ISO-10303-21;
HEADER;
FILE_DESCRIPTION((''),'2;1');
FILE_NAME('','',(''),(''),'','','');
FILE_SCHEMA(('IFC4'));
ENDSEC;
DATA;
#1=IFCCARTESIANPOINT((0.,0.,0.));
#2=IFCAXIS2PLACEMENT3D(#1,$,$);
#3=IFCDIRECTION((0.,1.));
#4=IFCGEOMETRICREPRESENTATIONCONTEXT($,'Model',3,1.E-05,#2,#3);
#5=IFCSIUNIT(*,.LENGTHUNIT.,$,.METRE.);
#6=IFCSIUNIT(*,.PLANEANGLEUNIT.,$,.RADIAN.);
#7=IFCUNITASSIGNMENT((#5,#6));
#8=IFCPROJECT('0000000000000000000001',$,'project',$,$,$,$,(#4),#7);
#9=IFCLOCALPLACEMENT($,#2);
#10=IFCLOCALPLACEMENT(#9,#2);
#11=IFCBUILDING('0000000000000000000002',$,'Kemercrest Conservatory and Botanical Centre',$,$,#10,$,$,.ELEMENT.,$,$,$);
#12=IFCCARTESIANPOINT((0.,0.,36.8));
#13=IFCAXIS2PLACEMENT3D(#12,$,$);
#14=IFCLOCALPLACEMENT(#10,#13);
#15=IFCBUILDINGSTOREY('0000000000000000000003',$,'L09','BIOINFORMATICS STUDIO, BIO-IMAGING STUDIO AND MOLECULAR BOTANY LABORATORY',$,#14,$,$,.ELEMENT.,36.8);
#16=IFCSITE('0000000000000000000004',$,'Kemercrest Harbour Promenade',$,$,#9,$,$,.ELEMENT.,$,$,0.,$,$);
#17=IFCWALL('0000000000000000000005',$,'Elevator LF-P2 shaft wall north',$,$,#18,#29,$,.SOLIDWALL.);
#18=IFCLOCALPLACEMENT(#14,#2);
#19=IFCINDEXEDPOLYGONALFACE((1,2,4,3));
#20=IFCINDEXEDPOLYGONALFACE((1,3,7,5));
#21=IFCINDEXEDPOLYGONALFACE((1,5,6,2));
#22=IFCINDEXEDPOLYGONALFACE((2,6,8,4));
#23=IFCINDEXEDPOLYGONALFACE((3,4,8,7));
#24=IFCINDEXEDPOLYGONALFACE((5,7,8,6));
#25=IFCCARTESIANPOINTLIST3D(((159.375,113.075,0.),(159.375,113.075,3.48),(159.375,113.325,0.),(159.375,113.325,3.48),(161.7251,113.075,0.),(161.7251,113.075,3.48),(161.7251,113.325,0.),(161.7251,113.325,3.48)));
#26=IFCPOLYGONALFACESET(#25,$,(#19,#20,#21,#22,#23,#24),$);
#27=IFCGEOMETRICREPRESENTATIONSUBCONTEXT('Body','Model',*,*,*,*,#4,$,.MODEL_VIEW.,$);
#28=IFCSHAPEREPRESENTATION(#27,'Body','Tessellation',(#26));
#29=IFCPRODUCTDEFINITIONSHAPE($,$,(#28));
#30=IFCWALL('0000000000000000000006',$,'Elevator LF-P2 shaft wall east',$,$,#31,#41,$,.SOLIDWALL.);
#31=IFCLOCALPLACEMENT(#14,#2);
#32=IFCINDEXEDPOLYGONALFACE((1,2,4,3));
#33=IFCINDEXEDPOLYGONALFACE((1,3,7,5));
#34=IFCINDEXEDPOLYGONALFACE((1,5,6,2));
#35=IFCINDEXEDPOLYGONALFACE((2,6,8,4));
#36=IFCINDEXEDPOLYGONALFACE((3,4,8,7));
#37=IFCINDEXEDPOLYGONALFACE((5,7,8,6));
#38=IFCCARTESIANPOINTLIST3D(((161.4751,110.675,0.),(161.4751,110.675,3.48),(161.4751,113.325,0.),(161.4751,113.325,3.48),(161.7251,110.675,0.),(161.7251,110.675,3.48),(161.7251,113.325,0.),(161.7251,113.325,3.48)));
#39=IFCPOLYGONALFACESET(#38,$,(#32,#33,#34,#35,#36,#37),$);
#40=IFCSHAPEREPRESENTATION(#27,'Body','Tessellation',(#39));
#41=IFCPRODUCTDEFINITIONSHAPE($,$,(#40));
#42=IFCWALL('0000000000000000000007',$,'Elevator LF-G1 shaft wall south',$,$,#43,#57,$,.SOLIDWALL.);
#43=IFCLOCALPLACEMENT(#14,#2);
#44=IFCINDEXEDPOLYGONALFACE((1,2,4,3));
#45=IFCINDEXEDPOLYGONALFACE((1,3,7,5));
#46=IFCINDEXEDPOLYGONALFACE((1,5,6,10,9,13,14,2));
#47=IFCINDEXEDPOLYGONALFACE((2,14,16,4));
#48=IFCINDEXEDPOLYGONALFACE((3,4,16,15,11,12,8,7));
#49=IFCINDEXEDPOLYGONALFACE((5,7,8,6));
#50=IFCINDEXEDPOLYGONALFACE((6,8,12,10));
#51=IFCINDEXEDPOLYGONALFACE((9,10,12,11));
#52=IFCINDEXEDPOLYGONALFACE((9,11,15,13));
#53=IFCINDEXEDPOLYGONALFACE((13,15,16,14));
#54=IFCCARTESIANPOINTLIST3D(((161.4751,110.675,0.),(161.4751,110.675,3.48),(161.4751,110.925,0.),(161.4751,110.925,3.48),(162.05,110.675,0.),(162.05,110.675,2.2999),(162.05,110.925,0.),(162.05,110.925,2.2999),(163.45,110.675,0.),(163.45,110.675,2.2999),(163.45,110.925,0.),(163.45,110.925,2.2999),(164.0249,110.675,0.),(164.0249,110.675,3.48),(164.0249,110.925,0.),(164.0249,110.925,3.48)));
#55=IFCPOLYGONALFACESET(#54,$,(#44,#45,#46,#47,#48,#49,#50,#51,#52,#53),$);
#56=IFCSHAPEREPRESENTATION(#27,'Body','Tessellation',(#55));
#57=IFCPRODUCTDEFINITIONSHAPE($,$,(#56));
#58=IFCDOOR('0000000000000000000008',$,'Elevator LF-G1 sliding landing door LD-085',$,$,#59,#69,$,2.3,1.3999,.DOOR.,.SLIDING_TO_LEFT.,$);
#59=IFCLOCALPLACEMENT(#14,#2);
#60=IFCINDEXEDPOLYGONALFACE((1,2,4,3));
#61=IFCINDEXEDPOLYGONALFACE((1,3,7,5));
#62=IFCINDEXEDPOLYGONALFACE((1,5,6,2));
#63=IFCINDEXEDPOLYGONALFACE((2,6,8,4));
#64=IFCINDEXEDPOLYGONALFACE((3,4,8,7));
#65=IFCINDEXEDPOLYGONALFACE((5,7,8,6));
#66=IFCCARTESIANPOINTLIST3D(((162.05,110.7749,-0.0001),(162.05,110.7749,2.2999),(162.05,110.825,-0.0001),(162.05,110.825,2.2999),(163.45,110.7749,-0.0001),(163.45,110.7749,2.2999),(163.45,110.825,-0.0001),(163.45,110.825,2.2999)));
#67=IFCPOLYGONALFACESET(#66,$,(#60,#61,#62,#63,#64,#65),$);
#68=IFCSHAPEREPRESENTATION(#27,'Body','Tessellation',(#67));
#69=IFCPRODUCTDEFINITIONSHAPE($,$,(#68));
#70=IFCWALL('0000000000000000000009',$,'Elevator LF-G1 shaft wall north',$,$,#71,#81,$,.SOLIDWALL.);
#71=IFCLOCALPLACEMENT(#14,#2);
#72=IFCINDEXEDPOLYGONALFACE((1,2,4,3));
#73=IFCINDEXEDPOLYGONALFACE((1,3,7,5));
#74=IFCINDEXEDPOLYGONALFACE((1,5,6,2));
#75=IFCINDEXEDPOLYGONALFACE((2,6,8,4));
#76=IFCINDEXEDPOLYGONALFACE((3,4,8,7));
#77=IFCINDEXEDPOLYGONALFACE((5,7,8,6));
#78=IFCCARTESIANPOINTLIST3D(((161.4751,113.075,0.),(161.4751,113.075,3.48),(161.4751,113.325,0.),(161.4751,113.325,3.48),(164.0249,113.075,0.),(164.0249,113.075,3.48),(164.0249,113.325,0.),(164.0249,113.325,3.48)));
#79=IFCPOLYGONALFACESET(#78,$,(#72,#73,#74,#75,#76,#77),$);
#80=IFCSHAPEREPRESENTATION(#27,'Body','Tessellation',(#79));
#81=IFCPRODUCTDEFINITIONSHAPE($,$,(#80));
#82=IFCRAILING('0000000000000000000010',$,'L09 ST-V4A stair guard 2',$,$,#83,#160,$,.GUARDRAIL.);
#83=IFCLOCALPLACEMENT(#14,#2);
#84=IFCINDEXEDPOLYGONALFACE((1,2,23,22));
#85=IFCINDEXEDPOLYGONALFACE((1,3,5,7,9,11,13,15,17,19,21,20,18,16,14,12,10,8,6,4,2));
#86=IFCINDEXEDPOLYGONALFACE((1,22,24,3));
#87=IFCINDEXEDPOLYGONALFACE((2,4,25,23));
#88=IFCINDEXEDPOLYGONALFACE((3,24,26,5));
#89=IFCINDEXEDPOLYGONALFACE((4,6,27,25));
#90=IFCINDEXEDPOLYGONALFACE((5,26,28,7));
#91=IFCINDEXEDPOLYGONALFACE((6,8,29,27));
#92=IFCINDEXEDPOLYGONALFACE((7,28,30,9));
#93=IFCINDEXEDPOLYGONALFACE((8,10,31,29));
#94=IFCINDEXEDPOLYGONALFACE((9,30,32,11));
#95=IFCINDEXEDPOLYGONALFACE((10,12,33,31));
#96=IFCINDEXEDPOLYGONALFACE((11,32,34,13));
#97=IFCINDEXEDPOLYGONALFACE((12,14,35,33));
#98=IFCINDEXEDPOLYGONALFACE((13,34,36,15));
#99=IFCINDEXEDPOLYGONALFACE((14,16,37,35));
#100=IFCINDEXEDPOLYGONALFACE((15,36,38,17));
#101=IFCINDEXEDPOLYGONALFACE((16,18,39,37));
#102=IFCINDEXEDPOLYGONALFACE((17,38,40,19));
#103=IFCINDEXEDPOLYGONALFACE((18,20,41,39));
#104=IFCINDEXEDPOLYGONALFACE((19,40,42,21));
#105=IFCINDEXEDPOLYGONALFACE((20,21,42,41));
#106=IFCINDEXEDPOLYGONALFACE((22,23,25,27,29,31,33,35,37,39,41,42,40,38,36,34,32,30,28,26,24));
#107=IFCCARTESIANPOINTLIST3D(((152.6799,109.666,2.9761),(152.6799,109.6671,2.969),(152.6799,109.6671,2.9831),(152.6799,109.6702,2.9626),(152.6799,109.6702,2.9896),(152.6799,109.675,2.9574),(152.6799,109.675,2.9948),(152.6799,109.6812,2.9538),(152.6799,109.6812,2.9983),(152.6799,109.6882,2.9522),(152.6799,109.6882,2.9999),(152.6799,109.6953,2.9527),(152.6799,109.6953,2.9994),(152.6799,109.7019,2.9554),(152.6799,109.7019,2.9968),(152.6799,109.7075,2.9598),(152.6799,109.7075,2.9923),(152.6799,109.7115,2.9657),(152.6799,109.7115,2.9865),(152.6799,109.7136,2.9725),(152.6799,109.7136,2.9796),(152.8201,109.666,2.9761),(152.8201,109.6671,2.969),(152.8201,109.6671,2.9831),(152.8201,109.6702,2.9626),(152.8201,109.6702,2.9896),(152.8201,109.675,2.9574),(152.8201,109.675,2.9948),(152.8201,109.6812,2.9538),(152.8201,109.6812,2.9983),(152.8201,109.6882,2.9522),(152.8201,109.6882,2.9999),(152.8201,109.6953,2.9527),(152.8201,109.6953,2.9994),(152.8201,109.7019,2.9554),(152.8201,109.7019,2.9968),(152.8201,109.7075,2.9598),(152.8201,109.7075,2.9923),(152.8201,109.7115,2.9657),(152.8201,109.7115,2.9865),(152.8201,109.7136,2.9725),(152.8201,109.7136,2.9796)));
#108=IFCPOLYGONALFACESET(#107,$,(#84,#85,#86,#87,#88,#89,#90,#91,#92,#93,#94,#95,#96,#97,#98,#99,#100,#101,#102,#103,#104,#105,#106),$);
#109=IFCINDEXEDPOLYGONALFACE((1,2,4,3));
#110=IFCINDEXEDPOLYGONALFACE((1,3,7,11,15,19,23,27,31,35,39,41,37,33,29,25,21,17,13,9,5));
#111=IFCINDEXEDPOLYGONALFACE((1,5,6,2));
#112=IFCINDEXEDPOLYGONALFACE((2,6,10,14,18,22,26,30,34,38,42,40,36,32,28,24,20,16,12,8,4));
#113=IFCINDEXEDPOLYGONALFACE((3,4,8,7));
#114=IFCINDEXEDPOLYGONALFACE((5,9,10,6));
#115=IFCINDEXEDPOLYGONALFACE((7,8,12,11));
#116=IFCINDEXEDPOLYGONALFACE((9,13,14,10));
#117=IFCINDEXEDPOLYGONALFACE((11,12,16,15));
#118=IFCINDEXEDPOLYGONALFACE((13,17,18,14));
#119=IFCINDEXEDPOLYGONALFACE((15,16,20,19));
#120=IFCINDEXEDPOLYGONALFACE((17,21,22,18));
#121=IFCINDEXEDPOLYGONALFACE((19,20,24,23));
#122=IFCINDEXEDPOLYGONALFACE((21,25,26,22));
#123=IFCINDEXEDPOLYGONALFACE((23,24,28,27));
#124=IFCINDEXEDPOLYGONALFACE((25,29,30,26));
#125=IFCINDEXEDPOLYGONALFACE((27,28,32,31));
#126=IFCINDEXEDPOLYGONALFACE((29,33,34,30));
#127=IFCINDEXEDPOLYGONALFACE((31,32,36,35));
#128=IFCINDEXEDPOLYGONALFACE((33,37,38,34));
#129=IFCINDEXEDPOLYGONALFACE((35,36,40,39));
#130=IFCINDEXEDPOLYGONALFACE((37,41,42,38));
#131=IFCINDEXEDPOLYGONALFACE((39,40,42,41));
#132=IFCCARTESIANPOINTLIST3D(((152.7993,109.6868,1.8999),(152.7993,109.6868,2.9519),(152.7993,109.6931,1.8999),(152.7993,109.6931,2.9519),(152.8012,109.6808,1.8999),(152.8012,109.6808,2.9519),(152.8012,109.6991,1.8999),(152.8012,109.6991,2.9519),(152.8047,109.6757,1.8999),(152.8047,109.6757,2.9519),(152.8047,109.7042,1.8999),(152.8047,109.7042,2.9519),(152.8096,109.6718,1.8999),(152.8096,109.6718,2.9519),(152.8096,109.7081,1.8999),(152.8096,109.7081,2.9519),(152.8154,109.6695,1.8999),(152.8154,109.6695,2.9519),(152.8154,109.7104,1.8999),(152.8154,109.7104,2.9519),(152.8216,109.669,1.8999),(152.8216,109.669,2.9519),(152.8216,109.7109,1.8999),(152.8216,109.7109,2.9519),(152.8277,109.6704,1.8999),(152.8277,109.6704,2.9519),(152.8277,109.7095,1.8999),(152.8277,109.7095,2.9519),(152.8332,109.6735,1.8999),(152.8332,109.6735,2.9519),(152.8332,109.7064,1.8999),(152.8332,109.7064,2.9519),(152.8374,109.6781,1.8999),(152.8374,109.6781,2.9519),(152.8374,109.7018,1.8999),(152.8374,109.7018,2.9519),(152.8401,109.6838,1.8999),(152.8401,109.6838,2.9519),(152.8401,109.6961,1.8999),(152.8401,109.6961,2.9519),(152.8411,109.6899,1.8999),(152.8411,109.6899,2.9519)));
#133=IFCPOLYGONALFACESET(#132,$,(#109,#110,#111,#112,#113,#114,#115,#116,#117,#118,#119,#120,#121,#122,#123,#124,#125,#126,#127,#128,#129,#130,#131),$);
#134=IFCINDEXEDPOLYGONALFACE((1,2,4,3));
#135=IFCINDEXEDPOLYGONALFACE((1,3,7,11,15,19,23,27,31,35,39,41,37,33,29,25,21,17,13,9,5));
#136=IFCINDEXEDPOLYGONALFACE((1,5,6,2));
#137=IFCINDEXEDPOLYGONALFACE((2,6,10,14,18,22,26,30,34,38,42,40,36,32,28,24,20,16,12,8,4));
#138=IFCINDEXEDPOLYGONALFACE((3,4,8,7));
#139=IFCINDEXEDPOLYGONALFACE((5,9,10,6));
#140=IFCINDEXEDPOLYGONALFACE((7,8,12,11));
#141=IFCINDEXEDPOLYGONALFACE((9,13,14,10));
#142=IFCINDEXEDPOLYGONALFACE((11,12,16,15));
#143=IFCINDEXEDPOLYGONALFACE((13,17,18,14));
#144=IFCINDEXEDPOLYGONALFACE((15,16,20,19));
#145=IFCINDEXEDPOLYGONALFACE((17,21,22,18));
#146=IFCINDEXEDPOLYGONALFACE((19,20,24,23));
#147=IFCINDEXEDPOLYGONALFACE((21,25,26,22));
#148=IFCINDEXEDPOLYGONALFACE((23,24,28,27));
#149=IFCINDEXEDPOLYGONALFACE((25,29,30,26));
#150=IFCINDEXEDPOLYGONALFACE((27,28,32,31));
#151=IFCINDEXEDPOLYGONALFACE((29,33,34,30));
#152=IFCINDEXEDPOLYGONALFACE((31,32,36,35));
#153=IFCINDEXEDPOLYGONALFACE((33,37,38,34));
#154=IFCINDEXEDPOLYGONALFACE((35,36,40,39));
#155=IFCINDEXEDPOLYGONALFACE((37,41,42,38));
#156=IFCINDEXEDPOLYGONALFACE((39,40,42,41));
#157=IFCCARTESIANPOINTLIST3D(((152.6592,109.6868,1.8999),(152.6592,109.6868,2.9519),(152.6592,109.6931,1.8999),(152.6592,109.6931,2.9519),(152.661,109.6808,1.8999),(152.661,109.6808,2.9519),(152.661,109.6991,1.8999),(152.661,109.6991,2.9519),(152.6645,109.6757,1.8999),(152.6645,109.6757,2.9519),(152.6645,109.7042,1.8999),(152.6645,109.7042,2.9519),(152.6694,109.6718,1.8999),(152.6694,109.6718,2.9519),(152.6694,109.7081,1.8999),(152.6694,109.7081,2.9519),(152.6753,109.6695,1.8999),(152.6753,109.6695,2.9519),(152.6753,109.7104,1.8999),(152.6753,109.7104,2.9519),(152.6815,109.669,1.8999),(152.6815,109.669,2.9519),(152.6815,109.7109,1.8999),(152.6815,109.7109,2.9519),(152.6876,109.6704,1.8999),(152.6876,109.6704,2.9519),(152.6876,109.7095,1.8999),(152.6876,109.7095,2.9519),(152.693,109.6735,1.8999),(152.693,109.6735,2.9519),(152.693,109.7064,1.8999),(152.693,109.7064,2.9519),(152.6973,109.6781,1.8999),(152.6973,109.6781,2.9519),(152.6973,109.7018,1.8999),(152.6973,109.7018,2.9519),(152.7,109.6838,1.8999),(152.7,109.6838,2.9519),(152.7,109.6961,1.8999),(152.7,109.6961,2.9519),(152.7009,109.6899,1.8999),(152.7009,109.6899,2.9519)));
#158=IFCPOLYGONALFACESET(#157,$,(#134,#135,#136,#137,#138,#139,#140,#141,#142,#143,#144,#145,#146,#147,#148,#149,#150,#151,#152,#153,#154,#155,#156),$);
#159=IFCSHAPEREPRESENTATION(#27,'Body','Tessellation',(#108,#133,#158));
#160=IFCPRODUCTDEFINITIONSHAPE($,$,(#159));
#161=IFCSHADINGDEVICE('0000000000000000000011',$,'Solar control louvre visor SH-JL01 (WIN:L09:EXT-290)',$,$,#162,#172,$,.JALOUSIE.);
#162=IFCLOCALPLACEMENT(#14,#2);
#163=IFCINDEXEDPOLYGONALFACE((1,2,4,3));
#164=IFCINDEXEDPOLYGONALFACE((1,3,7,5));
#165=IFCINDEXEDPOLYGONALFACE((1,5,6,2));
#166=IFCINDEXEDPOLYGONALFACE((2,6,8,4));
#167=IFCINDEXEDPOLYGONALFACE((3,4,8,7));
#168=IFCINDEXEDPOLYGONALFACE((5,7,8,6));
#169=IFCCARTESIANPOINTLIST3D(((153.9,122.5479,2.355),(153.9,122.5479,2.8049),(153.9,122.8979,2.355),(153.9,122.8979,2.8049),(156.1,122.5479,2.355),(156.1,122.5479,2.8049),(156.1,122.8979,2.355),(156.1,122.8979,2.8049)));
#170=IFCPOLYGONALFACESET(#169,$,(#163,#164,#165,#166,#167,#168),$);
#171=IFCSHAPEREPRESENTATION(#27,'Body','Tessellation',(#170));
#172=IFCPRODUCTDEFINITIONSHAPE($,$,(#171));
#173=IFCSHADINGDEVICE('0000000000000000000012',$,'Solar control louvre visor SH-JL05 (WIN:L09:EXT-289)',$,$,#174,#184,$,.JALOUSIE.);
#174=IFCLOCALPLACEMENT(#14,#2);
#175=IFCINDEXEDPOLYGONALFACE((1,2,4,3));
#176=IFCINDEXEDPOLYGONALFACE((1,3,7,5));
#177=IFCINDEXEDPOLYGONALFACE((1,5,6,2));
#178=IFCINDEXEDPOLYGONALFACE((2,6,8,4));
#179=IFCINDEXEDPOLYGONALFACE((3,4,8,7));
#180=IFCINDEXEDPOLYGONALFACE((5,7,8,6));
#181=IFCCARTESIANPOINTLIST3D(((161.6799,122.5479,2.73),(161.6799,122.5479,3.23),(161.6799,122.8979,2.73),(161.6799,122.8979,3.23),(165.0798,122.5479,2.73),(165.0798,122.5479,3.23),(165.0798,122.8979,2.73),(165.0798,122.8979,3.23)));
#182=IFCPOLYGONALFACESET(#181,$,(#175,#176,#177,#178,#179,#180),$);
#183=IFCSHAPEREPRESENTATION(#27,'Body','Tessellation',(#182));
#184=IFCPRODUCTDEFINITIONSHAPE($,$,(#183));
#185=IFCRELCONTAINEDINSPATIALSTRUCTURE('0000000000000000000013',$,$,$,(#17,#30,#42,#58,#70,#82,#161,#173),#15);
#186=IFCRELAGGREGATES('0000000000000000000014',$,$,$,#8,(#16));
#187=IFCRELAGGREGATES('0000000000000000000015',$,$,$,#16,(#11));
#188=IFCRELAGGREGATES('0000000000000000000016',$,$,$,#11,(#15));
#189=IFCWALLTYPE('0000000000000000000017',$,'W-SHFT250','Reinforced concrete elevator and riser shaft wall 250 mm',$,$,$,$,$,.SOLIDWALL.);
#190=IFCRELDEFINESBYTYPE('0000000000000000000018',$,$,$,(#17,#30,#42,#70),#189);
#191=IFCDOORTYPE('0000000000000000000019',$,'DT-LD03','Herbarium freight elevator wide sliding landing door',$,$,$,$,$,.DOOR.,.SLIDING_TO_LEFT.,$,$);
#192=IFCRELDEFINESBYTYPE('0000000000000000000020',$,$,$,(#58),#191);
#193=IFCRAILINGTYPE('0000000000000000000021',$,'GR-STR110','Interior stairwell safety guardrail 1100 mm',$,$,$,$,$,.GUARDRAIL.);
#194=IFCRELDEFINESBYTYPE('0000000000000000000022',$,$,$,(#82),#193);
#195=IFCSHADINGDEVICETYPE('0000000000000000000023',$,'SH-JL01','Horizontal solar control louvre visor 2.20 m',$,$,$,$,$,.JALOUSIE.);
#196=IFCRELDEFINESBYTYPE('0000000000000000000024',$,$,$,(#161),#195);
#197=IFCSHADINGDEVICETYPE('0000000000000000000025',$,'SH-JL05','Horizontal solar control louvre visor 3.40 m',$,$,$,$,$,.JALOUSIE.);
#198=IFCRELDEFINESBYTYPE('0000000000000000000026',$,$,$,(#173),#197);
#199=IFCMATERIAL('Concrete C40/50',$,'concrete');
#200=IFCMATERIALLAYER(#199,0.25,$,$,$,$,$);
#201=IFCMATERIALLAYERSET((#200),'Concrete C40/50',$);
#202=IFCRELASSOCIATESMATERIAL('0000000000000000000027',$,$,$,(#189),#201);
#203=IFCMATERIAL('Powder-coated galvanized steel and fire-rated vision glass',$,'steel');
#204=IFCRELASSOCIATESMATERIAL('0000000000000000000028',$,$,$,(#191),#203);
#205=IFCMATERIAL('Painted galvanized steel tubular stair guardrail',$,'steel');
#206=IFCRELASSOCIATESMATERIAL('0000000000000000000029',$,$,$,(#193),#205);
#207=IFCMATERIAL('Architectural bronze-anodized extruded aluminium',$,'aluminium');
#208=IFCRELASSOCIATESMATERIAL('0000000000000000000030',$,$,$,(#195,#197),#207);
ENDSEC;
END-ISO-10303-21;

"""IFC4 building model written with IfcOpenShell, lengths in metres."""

from ifc_helpers import new_model, si_unit, direction, frame, frame_2d, origin, origin_2d, place, context, subcontext, project, spatial, rectangle, circle, extrude, material, layer, layer_set, type_object, element, fill, save


model = new_model("IFC4")

# Units and contexts
model_context = context("Model", 3, precision=1e-05, world=origin(), true_north=direction((0.0, 1.0)))
body_context = subcontext(model_context, "Body", "Model", "MODEL_VIEW")
ifc_project = project(units=[si_unit("LENGTHUNIT", "METRE"), si_unit("PLANEANGLEUNIT", "RADIAN")], contexts=[model_context])

# Site, building, storey
site_placement = place(None, origin())
site = spatial("IfcSite", under=ifc_project, at=site_placement, Name="Kemercrest Harbour Promenade", CompositionType="ELEMENT", RefElevation=0.0)
building_placement = place(site_placement, origin())
building = spatial("IfcBuilding", under=site, at=building_placement, Name="Kemercrest Conservatory and Botanical Centre", CompositionType="ELEMENT")
storey_placement = place(building_placement, frame((0.0, 0.0, 36.8)))
storey = spatial("IfcBuildingStorey", under=building, at=storey_placement, Name="L09", Description="BIOINFORMATICS STUDIO, BIO-IMAGING STUDIO AND MOLECULAR BOTANY LABORATORY", CompositionType="ELEMENT", Elevation=36.8)

# Shared definitions
ifc_material_1 = material(Name="Concrete C40/50", Category="concrete")

# Shared definitions
ifc_layer_1 = layer(ifc_material_1, 0.25)
ifc_layer_set_1 = layer_set([ifc_layer_1], Name="Concrete C40/50")
wall_type_1 = type_object("IfcWallType", Name="W-SHFT250", Description="Reinforced concrete elevator and riser shaft wall 250 mm", PredefinedType="SOLIDWALL", material=ifc_layer_set_1)
ifc_material_2 = material(Name="Powder-coated galvanized steel and fire-rated vision glass", Category="steel")

# Walls
wall_1_placement = place(storey_placement, frame((159.375, 113.2, 0.0), z_axis=(0.0, 0.0, 1.0), x_axis=(1.0, 0.0, 0.0)))
element("IfcWall", 1, at=wall_1_placement, inside=storey, type_object=wall_type_1, Name="Elevator LF-P2 shaft wall north", PredefinedType="SOLIDWALL", context=body_context, shape_type="SweptSolid", body=[
    extrude(rectangle(XDim=2.3501, YDim=0.25, at=frame_2d((1.175, 0.0))), origin(), (0.0, 0.0, 1.0), 3.48),
])
wall_2_placement = place(storey_placement, frame((161.6001, 110.675, 0.0), z_axis=(0.0, 0.0, 1.0), x_axis=(0.0, 1.0, 0.0)))
element("IfcWall", 2, at=wall_2_placement, inside=storey, type_object=wall_type_1, Name="Elevator LF-P2 shaft wall east", PredefinedType="SOLIDWALL", context=body_context, shape_type="SweptSolid", body=[
    extrude(rectangle(XDim=2.6499, YDim=0.25, at=frame_2d((1.325, 0.0))), origin(), (0.0, 0.0, 1.0), 3.48),
])

# Wall, opening, door
wall_3_placement = place(storey_placement, frame((161.4751, 110.8, 0.0), z_axis=(0.0, 0.0, 1.0), x_axis=(1.0, 0.0, 0.0)))
wall_3 = element("IfcWall", 3, at=wall_3_placement, inside=storey, type_object=wall_type_1, Name="Elevator LF-G1 shaft wall south", PredefinedType="SOLIDWALL", context=body_context, shape_type="SweptSolid", body=[
    extrude(rectangle(XDim=2.5498, YDim=0.25, at=frame_2d((1.2749, 0.0))), origin(), (0.0, 0.0, 1.0), 3.48),
])
opening_1_placement = place(wall_3_placement, frame((0.575, 0.0, 0.0)))
opening_1 = element("IfcOpeningElement", 4, at=opening_1_placement, cuts=wall_3, PredefinedType="OPENING", context=body_context, shape_type="SweptSolid", body=[
    extrude(rectangle(XDim=1.3999, YDim=2.3, at=frame_2d((0.7, 1.1499))), frame((0.0, 0.135, 0.0), z_axis=(0.0, -1.0, 0.0), x_axis=(1.0, 0.0, 0.0)), (0.0, 0.0, 1.0), 0.27),
])
door_type_1 = type_object("IfcDoorType", Name="DT-LD03", Description="Herbarium freight elevator wide sliding landing door", OperationType="SLIDING_TO_LEFT", PredefinedType="DOOR", material=ifc_material_2)
door_1_placement = place(opening_1_placement, origin())
door_1 = element("IfcDoor", 5, at=door_1_placement, inside=storey, type_object=door_type_1, Name="Elevator LF-G1 sliding landing door LD-085", OperationType="SLIDING_TO_LEFT", OverallHeight=2.3, OverallWidth=1.3999, PredefinedType="DOOR", context=body_context, shape_type="SweptSolid", body=[
    extrude(rectangle(XDim=1.3999, YDim=2.3, at=frame_2d((0.7, 1.1499))), frame((0.0, 0.0249, 0.0), z_axis=(0.0, -1.0, 0.0), x_axis=(1.0, 0.0, 0.0)), (0.0, 0.0, 1.0), 0.05),
])
fill(opening_1, door_1)

# Wall
wall_4_placement = place(storey_placement, frame((161.4751, 113.2, 0.0), z_axis=(0.0, 0.0, 1.0), x_axis=(1.0, 0.0, 0.0)))
element("IfcWall", 6, at=wall_4_placement, inside=storey, type_object=wall_type_1, Name="Elevator LF-G1 shaft wall north", PredefinedType="SOLIDWALL", context=body_context, shape_type="SweptSolid", body=[
    extrude(rectangle(XDim=2.5498, YDim=0.25, at=frame_2d((1.2749, 0.0))), origin(), (0.0, 0.0, 1.0), 3.48),
])

# Railing
ifc_material_3 = material(Name="Painted galvanized steel tubular stair guardrail", Category="steel")
railing_type = type_object("IfcRailingType", Name="GR-STR110", Description="Interior stairwell safety guardrail 1100 mm", PredefinedType="GUARDRAIL", material=ifc_material_3)
railing_placement = place(storey_placement, frame((152.8201, 109.6899, 1.8999)))
element("IfcRailing", 7, at=railing_placement, inside=storey, type_object=railing_type, Name="L09 ST-V4A stair guard 2", PredefinedType="GUARDRAIL", context=body_context, shape_type="SweptSolid", body=[
    extrude(circle(Radius=0.0239, at=origin_2d()), frame((0.0, 0.0, 1.0762), z_axis=(-1.0, 0.0, 0.0), x_axis=(0.0, -1.0, 0.0)), (0.0, 0.0, 1.0), 0.1401),
    extrude(circle(Radius=0.021, at=origin_2d()), origin(), (0.0, 0.0, 1.0), 1.052),
    extrude(circle(Radius=0.021, at=origin_2d()), frame((-0.1401, 0.0, 0.0)), (0.0, 0.0, 1.0), 1.052),
])

# Shading devices
ifc_material_4 = material(Name="Architectural bronze-anodized extruded aluminium", Category="aluminium")
shading_device_type_1 = type_object("IfcShadingDeviceType", Name="SH-JL01", Description="Horizontal solar control louvre visor 2.20 m", PredefinedType="JALOUSIE", material=ifc_material_4)
shading_device_1_placement = place(storey_placement, frame((155.0, 122.7229, 2.355), z_axis=(0.0, 0.0, 1.0), x_axis=(-1.0, 0.0, 0.0)))
element("IfcShadingDevice", 8, at=shading_device_1_placement, inside=storey, type_object=shading_device_type_1, Name="Solar control louvre visor SH-JL01 (WIN:L09:EXT-290)", PredefinedType="JALOUSIE", context=body_context, shape_type="SweptSolid", body=[
    extrude(rectangle(XDim=2.2, YDim=0.3501, at=origin_2d()), origin(), (0.0, 0.0, 1.0), 0.45),
])
shading_device_type_2 = type_object("IfcShadingDeviceType", Name="SH-JL05", Description="Horizontal solar control louvre visor 3.40 m", PredefinedType="JALOUSIE", material=ifc_material_4)
shading_device_2_placement = place(storey_placement, frame((163.3799, 122.7229, 2.73), z_axis=(0.0, 0.0, 1.0), x_axis=(-1.0, 0.0, 0.0)))
element("IfcShadingDevice", 9, at=shading_device_2_placement, inside=storey, type_object=shading_device_type_2, Name="Solar control louvre visor SH-JL05 (WIN:L09:EXT-289)", PredefinedType="JALOUSIE", context=body_context, shape_type="SweptSolid", body=[
    extrude(rectangle(XDim=3.3999, YDim=0.3501, at=origin_2d()), origin(), (0.0, 0.0, 1.0), 0.5),
])

save(model, "model.ifc")
